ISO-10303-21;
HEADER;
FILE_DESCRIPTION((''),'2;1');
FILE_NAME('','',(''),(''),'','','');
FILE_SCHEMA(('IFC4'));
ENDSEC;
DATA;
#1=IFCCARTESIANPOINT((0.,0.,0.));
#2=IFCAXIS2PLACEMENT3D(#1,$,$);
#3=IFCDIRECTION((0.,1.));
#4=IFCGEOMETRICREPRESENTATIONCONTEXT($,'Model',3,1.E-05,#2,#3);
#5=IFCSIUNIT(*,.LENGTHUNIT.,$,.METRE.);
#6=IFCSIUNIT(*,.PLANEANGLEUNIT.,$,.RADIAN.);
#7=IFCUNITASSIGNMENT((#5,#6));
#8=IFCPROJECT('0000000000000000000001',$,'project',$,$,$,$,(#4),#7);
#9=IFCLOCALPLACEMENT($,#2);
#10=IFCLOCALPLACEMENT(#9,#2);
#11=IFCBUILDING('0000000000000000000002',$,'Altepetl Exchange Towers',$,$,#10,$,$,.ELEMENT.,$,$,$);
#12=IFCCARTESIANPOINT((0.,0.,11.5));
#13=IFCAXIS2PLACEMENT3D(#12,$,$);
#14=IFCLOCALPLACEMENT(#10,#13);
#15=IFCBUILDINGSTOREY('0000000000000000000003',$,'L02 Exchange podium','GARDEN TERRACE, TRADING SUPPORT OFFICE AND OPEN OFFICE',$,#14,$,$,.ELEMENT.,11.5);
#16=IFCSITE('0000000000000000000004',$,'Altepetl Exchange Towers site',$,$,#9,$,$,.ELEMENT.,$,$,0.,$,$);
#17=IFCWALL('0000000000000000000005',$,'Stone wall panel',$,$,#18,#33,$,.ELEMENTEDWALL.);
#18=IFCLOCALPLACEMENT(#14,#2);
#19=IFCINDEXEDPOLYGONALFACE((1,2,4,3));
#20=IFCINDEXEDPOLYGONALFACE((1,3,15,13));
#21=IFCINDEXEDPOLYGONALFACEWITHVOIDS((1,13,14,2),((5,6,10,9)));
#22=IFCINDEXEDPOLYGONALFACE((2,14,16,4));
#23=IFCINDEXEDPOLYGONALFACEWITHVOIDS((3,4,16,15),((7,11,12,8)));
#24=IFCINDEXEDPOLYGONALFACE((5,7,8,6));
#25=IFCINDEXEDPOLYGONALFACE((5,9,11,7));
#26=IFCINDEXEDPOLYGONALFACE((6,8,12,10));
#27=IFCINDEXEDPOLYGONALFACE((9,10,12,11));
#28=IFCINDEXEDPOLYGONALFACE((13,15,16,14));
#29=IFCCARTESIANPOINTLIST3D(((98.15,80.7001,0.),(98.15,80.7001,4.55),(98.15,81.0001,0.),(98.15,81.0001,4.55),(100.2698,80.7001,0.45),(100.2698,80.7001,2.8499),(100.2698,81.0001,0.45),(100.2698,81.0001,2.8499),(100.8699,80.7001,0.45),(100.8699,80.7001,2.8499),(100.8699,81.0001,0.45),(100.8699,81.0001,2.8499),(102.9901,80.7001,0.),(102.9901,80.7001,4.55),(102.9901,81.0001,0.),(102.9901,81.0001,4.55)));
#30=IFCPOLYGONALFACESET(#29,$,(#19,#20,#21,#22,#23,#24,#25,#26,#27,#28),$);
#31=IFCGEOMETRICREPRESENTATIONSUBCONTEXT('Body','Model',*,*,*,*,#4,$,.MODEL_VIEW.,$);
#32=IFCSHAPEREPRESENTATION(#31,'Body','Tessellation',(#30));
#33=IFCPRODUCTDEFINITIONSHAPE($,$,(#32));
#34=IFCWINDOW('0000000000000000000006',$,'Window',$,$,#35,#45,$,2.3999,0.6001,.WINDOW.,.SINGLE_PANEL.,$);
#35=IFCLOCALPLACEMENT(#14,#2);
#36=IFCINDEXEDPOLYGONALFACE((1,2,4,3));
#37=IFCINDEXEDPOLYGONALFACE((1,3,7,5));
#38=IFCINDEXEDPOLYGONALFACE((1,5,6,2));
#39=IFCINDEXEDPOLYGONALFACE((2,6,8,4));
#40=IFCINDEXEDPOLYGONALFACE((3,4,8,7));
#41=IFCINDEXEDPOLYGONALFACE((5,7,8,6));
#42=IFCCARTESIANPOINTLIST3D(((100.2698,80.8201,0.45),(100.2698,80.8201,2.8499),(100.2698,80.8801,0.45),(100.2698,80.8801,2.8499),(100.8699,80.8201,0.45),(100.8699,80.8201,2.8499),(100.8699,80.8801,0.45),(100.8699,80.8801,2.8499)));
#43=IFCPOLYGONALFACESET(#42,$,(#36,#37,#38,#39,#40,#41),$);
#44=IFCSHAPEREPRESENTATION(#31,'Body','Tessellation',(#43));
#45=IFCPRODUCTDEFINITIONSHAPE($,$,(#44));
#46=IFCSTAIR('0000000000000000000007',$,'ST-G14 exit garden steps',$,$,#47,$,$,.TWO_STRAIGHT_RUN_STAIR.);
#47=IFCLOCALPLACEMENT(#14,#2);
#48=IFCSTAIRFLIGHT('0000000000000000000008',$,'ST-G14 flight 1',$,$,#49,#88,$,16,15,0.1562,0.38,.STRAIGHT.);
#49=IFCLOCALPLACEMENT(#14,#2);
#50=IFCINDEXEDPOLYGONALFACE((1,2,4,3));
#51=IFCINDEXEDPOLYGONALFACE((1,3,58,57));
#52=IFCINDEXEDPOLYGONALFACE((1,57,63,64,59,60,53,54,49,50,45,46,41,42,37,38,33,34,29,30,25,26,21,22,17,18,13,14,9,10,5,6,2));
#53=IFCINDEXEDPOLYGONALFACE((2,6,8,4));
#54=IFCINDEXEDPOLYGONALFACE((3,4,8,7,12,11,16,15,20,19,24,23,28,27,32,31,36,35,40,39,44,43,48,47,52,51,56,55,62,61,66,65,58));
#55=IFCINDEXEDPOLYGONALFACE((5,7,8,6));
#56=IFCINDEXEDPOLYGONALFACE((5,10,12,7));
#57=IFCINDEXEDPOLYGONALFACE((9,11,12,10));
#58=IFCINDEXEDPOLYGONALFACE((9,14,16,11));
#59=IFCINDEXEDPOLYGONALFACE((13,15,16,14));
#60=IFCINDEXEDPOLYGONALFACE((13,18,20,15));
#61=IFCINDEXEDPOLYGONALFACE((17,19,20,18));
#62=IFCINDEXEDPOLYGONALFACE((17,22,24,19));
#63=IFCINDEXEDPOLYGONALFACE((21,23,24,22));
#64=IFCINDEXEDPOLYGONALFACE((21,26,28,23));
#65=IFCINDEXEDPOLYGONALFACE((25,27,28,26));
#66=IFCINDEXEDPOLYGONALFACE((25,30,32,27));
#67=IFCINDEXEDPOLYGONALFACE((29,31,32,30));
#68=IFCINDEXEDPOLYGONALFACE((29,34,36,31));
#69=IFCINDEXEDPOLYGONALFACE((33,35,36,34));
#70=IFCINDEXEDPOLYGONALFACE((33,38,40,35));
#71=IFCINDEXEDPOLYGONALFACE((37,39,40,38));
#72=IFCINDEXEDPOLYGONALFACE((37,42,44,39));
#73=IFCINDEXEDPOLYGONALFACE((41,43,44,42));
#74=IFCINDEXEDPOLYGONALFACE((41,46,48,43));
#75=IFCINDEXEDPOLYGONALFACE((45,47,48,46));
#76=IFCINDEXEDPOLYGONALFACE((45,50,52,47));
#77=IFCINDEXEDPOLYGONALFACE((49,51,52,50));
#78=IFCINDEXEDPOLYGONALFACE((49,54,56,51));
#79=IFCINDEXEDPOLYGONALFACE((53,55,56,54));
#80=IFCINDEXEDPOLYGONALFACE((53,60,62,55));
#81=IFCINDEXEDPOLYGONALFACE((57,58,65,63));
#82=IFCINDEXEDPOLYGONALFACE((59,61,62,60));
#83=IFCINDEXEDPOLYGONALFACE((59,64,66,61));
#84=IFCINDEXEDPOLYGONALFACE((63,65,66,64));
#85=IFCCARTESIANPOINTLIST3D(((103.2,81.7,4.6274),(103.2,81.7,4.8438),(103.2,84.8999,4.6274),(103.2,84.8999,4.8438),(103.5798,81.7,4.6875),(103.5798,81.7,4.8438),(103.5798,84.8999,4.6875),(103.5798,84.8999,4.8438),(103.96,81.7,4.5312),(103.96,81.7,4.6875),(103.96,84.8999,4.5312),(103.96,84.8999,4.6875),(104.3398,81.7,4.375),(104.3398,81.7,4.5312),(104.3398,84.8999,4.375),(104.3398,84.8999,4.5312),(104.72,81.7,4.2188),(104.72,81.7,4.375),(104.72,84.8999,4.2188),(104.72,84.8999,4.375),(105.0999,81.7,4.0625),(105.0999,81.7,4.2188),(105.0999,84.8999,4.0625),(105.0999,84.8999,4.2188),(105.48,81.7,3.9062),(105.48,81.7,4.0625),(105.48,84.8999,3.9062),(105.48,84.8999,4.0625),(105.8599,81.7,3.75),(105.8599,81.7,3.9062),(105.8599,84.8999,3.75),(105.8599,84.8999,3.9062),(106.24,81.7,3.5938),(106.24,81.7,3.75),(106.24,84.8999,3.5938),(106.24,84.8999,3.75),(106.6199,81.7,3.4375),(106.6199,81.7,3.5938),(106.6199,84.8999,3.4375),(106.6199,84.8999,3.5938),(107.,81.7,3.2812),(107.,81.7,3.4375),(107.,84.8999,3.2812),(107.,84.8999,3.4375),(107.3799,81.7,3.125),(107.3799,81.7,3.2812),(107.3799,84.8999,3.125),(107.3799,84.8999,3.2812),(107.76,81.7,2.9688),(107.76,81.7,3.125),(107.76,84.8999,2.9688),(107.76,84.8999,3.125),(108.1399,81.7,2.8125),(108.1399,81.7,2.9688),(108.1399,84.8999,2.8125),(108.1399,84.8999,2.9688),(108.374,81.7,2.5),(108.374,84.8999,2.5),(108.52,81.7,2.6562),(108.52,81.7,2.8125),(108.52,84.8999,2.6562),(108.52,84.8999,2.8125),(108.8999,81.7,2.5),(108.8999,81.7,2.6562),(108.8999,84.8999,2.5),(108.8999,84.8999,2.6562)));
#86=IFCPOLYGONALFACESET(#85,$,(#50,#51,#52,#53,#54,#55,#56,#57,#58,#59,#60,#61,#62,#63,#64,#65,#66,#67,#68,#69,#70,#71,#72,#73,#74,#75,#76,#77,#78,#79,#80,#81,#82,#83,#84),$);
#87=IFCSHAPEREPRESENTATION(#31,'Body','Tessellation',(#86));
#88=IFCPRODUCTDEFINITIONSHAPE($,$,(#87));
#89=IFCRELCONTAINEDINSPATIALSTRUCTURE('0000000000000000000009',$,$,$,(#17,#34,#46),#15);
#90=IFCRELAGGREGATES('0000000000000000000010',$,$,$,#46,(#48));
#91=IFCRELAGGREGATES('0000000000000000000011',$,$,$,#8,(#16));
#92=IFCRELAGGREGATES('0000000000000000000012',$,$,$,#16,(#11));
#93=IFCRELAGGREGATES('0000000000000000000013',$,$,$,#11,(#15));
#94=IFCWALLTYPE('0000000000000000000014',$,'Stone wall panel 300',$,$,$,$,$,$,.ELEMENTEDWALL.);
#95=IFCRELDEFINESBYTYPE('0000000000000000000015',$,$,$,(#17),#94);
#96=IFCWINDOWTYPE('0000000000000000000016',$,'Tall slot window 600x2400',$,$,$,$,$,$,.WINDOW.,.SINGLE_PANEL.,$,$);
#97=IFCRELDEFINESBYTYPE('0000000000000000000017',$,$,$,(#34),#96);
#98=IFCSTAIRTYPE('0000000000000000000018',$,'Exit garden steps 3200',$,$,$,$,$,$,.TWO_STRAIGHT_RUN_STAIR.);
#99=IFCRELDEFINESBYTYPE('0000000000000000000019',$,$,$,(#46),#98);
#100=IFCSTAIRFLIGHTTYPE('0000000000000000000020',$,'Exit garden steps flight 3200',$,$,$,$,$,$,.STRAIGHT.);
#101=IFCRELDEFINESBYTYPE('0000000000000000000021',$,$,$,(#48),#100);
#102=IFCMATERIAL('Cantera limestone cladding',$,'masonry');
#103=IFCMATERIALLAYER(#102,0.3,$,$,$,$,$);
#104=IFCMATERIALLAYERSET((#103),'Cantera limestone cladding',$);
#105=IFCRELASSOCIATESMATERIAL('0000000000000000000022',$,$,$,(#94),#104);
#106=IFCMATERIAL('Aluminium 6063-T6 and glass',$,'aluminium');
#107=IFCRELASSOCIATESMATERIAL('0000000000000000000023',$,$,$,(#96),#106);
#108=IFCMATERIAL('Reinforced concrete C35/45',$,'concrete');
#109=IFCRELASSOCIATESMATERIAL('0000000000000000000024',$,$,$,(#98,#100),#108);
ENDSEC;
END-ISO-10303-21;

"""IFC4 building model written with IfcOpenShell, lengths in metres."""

from ifc_helpers import new_model, si_unit, direction, frame, frame_2d, origin, place, context, subcontext, project, spatial, polyline, rectangle, outline, extrude, material, layer, layer_set, type_object, element, fill, aggregate, save


model = new_model("IFC4")

# Units and contexts
model_context = context("Model", 3, precision=1e-05, world=origin(), true_north=direction((0.0, 1.0)))
body_context = subcontext(model_context, "Body", "Model", "MODEL_VIEW")
ifc_project = project(units=[si_unit("LENGTHUNIT", "METRE"), si_unit("PLANEANGLEUNIT", "RADIAN")], contexts=[model_context])

# Site, building, storey
site_placement = place(None, origin())
site = spatial("IfcSite", under=ifc_project, at=site_placement, Name="Altepetl Exchange Towers site", CompositionType="ELEMENT", RefElevation=0.0)
building_placement = place(site_placement, origin())
building = spatial("IfcBuilding", under=site, at=building_placement, Name="Altepetl Exchange Towers", CompositionType="ELEMENT")
storey_placement = place(building_placement, frame((0.0, 0.0, 11.5)))
storey = spatial("IfcBuildingStorey", under=building, at=storey_placement, Name="L02 Exchange podium", Description="GARDEN TERRACE, TRADING SUPPORT OFFICE AND OPEN OFFICE", CompositionType="ELEMENT", Elevation=11.5)

# Shared definitions
ifc_material_1 = material(Name="Reinforced concrete C35/45", Category="concrete")

# Wall, opening, window
ifc_material_2 = material(Name="Cantera limestone cladding", Category="masonry")
ifc_layer_1 = layer(ifc_material_2, 0.3)
ifc_layer_set_1 = layer_set([ifc_layer_1], Name="Cantera limestone cladding")
wall_type_1 = type_object("IfcWallType", Name="Stone wall panel 300", PredefinedType="ELEMENTEDWALL", material=ifc_layer_set_1)
wall_1_placement = place(storey_placement, frame((102.99, 80.8501, 0.0), z_axis=(0.0, 0.0, 1.0), x_axis=(-1.0, 0.0, 0.0)))
wall_1 = element("IfcWall", 1, at=wall_1_placement, inside=storey, type_object=wall_type_1, Name="Stone wall panel", PredefinedType="ELEMENTEDWALL", context=body_context, shape_type="SweptSolid", body=[
    extrude(rectangle(XDim=4.8401, YDim=0.3, at=frame_2d((2.4199, 0.0))), origin(), (0.0, 0.0, 1.0), 4.55),
])
opening_placement = place(wall_1_placement, frame((2.1201, 0.0, 0.45)))
opening = element("IfcOpeningElement", 2, at=opening_placement, cuts=wall_1, PredefinedType="OPENING", context=body_context, shape_type="SweptSolid", body=[
    extrude(rectangle(XDim=0.6001, YDim=2.3999, at=frame_2d((0.3, 1.2))), frame((0.0, 0.1602, 0.0), z_axis=(0.0, -1.0, 0.0), x_axis=(1.0, 0.0, 0.0)), (0.0, 0.0, 1.0), 0.3201),
])
ifc_material_3 = material(Name="Aluminium 6063-T6 and glass", Category="aluminium")
window_type = type_object("IfcWindowType", Name="Tall slot window 600x2400", PartitioningType="SINGLE_PANEL", PredefinedType="WINDOW", material=ifc_material_3)
window_placement = place(opening_placement, origin())
window = element("IfcWindow", 3, at=window_placement, inside=storey, type_object=window_type, Name="Window", OverallHeight=2.3999, OverallWidth=0.6001, PartitioningType="SINGLE_PANEL", PredefinedType="WINDOW", context=body_context, shape_type="SweptSolid", body=[
    extrude(rectangle(XDim=0.6001, YDim=2.3999, at=frame_2d((0.3, 1.2))), frame((0.0, 0.03, 0.0), z_axis=(0.0, -1.0, 0.0), x_axis=(1.0, 0.0, 0.0)), (0.0, 0.0, 1.0), 0.0601),
])
fill(opening, window)

# Stair, stair flight
stair_type = type_object("IfcStairType", Name="Exit garden steps 3200", PredefinedType="TWO_STRAIGHT_RUN_STAIR", material=ifc_material_1)
stair_placement = place(storey_placement, origin())
stair = element("IfcStair", 4, at=stair_placement, inside=storey, type_object=stair_type, Name="ST-G14 exit garden steps", PredefinedType="TWO_STRAIGHT_RUN_STAIR")
stair_flight_type = type_object("IfcStairFlightType", Name="Exit garden steps flight 3200", PredefinedType="STRAIGHT", material=ifc_material_1)
stair_flight_placement = place(storey_placement, frame((108.8999, 83.3, 2.5), z_axis=(0.0, 0.0, 1.0), x_axis=(-1.0, 0.0, 0.0)))
stair_flight = element("IfcStairFlight", 5, at=stair_flight_placement, type_object=stair_flight_type, Name="ST-G14 flight 1", NumberOfRisers=16, NumberOfTreads=15, PredefinedType="STRAIGHT", RiserHeight=0.1562, TreadLength=0.38, context=body_context, shape_type="SweptSolid", body=[
    extrude(outline(polyline([(0.0, 0.0), (0.0, 0.1562), (0.3799, 0.1562), (0.3799, 0.3125), (0.76, 0.3125), (0.76, 0.4688), (1.1399, 0.4688), (1.1399, 0.625), (1.52, 0.625), (1.52, 0.7812), (1.8999, 0.7812), (1.8999, 0.9375), (2.28, 0.9375), (2.28, 1.0938), (2.6599, 1.0938), (2.6599, 1.25), (3.04, 1.25), (3.04, 1.4062), (3.4199, 1.4062), (3.4199, 1.5625), (3.8, 1.5625), (3.8, 1.7188), (4.1799, 1.7188), (4.1799, 1.875), (4.5601, 1.875), (4.5601, 2.0312), (4.9399, 2.0312), (4.9399, 2.1875), (5.3201, 2.1875), (5.3201, 2.3438), (5.7, 2.3438), (5.7, 2.5), (5.7, 2.1274), (0.5259, 0.0), (0.0, 0.0)])), frame((0.0, 1.6001, 0.0), z_axis=(0.0, -1.0, 0.0), x_axis=(1.0, 0.0, 0.0)), (0.0, 0.0, 1.0), 3.2),
])
aggregate(stair, [stair_flight])

save(model, "model.ifc")
